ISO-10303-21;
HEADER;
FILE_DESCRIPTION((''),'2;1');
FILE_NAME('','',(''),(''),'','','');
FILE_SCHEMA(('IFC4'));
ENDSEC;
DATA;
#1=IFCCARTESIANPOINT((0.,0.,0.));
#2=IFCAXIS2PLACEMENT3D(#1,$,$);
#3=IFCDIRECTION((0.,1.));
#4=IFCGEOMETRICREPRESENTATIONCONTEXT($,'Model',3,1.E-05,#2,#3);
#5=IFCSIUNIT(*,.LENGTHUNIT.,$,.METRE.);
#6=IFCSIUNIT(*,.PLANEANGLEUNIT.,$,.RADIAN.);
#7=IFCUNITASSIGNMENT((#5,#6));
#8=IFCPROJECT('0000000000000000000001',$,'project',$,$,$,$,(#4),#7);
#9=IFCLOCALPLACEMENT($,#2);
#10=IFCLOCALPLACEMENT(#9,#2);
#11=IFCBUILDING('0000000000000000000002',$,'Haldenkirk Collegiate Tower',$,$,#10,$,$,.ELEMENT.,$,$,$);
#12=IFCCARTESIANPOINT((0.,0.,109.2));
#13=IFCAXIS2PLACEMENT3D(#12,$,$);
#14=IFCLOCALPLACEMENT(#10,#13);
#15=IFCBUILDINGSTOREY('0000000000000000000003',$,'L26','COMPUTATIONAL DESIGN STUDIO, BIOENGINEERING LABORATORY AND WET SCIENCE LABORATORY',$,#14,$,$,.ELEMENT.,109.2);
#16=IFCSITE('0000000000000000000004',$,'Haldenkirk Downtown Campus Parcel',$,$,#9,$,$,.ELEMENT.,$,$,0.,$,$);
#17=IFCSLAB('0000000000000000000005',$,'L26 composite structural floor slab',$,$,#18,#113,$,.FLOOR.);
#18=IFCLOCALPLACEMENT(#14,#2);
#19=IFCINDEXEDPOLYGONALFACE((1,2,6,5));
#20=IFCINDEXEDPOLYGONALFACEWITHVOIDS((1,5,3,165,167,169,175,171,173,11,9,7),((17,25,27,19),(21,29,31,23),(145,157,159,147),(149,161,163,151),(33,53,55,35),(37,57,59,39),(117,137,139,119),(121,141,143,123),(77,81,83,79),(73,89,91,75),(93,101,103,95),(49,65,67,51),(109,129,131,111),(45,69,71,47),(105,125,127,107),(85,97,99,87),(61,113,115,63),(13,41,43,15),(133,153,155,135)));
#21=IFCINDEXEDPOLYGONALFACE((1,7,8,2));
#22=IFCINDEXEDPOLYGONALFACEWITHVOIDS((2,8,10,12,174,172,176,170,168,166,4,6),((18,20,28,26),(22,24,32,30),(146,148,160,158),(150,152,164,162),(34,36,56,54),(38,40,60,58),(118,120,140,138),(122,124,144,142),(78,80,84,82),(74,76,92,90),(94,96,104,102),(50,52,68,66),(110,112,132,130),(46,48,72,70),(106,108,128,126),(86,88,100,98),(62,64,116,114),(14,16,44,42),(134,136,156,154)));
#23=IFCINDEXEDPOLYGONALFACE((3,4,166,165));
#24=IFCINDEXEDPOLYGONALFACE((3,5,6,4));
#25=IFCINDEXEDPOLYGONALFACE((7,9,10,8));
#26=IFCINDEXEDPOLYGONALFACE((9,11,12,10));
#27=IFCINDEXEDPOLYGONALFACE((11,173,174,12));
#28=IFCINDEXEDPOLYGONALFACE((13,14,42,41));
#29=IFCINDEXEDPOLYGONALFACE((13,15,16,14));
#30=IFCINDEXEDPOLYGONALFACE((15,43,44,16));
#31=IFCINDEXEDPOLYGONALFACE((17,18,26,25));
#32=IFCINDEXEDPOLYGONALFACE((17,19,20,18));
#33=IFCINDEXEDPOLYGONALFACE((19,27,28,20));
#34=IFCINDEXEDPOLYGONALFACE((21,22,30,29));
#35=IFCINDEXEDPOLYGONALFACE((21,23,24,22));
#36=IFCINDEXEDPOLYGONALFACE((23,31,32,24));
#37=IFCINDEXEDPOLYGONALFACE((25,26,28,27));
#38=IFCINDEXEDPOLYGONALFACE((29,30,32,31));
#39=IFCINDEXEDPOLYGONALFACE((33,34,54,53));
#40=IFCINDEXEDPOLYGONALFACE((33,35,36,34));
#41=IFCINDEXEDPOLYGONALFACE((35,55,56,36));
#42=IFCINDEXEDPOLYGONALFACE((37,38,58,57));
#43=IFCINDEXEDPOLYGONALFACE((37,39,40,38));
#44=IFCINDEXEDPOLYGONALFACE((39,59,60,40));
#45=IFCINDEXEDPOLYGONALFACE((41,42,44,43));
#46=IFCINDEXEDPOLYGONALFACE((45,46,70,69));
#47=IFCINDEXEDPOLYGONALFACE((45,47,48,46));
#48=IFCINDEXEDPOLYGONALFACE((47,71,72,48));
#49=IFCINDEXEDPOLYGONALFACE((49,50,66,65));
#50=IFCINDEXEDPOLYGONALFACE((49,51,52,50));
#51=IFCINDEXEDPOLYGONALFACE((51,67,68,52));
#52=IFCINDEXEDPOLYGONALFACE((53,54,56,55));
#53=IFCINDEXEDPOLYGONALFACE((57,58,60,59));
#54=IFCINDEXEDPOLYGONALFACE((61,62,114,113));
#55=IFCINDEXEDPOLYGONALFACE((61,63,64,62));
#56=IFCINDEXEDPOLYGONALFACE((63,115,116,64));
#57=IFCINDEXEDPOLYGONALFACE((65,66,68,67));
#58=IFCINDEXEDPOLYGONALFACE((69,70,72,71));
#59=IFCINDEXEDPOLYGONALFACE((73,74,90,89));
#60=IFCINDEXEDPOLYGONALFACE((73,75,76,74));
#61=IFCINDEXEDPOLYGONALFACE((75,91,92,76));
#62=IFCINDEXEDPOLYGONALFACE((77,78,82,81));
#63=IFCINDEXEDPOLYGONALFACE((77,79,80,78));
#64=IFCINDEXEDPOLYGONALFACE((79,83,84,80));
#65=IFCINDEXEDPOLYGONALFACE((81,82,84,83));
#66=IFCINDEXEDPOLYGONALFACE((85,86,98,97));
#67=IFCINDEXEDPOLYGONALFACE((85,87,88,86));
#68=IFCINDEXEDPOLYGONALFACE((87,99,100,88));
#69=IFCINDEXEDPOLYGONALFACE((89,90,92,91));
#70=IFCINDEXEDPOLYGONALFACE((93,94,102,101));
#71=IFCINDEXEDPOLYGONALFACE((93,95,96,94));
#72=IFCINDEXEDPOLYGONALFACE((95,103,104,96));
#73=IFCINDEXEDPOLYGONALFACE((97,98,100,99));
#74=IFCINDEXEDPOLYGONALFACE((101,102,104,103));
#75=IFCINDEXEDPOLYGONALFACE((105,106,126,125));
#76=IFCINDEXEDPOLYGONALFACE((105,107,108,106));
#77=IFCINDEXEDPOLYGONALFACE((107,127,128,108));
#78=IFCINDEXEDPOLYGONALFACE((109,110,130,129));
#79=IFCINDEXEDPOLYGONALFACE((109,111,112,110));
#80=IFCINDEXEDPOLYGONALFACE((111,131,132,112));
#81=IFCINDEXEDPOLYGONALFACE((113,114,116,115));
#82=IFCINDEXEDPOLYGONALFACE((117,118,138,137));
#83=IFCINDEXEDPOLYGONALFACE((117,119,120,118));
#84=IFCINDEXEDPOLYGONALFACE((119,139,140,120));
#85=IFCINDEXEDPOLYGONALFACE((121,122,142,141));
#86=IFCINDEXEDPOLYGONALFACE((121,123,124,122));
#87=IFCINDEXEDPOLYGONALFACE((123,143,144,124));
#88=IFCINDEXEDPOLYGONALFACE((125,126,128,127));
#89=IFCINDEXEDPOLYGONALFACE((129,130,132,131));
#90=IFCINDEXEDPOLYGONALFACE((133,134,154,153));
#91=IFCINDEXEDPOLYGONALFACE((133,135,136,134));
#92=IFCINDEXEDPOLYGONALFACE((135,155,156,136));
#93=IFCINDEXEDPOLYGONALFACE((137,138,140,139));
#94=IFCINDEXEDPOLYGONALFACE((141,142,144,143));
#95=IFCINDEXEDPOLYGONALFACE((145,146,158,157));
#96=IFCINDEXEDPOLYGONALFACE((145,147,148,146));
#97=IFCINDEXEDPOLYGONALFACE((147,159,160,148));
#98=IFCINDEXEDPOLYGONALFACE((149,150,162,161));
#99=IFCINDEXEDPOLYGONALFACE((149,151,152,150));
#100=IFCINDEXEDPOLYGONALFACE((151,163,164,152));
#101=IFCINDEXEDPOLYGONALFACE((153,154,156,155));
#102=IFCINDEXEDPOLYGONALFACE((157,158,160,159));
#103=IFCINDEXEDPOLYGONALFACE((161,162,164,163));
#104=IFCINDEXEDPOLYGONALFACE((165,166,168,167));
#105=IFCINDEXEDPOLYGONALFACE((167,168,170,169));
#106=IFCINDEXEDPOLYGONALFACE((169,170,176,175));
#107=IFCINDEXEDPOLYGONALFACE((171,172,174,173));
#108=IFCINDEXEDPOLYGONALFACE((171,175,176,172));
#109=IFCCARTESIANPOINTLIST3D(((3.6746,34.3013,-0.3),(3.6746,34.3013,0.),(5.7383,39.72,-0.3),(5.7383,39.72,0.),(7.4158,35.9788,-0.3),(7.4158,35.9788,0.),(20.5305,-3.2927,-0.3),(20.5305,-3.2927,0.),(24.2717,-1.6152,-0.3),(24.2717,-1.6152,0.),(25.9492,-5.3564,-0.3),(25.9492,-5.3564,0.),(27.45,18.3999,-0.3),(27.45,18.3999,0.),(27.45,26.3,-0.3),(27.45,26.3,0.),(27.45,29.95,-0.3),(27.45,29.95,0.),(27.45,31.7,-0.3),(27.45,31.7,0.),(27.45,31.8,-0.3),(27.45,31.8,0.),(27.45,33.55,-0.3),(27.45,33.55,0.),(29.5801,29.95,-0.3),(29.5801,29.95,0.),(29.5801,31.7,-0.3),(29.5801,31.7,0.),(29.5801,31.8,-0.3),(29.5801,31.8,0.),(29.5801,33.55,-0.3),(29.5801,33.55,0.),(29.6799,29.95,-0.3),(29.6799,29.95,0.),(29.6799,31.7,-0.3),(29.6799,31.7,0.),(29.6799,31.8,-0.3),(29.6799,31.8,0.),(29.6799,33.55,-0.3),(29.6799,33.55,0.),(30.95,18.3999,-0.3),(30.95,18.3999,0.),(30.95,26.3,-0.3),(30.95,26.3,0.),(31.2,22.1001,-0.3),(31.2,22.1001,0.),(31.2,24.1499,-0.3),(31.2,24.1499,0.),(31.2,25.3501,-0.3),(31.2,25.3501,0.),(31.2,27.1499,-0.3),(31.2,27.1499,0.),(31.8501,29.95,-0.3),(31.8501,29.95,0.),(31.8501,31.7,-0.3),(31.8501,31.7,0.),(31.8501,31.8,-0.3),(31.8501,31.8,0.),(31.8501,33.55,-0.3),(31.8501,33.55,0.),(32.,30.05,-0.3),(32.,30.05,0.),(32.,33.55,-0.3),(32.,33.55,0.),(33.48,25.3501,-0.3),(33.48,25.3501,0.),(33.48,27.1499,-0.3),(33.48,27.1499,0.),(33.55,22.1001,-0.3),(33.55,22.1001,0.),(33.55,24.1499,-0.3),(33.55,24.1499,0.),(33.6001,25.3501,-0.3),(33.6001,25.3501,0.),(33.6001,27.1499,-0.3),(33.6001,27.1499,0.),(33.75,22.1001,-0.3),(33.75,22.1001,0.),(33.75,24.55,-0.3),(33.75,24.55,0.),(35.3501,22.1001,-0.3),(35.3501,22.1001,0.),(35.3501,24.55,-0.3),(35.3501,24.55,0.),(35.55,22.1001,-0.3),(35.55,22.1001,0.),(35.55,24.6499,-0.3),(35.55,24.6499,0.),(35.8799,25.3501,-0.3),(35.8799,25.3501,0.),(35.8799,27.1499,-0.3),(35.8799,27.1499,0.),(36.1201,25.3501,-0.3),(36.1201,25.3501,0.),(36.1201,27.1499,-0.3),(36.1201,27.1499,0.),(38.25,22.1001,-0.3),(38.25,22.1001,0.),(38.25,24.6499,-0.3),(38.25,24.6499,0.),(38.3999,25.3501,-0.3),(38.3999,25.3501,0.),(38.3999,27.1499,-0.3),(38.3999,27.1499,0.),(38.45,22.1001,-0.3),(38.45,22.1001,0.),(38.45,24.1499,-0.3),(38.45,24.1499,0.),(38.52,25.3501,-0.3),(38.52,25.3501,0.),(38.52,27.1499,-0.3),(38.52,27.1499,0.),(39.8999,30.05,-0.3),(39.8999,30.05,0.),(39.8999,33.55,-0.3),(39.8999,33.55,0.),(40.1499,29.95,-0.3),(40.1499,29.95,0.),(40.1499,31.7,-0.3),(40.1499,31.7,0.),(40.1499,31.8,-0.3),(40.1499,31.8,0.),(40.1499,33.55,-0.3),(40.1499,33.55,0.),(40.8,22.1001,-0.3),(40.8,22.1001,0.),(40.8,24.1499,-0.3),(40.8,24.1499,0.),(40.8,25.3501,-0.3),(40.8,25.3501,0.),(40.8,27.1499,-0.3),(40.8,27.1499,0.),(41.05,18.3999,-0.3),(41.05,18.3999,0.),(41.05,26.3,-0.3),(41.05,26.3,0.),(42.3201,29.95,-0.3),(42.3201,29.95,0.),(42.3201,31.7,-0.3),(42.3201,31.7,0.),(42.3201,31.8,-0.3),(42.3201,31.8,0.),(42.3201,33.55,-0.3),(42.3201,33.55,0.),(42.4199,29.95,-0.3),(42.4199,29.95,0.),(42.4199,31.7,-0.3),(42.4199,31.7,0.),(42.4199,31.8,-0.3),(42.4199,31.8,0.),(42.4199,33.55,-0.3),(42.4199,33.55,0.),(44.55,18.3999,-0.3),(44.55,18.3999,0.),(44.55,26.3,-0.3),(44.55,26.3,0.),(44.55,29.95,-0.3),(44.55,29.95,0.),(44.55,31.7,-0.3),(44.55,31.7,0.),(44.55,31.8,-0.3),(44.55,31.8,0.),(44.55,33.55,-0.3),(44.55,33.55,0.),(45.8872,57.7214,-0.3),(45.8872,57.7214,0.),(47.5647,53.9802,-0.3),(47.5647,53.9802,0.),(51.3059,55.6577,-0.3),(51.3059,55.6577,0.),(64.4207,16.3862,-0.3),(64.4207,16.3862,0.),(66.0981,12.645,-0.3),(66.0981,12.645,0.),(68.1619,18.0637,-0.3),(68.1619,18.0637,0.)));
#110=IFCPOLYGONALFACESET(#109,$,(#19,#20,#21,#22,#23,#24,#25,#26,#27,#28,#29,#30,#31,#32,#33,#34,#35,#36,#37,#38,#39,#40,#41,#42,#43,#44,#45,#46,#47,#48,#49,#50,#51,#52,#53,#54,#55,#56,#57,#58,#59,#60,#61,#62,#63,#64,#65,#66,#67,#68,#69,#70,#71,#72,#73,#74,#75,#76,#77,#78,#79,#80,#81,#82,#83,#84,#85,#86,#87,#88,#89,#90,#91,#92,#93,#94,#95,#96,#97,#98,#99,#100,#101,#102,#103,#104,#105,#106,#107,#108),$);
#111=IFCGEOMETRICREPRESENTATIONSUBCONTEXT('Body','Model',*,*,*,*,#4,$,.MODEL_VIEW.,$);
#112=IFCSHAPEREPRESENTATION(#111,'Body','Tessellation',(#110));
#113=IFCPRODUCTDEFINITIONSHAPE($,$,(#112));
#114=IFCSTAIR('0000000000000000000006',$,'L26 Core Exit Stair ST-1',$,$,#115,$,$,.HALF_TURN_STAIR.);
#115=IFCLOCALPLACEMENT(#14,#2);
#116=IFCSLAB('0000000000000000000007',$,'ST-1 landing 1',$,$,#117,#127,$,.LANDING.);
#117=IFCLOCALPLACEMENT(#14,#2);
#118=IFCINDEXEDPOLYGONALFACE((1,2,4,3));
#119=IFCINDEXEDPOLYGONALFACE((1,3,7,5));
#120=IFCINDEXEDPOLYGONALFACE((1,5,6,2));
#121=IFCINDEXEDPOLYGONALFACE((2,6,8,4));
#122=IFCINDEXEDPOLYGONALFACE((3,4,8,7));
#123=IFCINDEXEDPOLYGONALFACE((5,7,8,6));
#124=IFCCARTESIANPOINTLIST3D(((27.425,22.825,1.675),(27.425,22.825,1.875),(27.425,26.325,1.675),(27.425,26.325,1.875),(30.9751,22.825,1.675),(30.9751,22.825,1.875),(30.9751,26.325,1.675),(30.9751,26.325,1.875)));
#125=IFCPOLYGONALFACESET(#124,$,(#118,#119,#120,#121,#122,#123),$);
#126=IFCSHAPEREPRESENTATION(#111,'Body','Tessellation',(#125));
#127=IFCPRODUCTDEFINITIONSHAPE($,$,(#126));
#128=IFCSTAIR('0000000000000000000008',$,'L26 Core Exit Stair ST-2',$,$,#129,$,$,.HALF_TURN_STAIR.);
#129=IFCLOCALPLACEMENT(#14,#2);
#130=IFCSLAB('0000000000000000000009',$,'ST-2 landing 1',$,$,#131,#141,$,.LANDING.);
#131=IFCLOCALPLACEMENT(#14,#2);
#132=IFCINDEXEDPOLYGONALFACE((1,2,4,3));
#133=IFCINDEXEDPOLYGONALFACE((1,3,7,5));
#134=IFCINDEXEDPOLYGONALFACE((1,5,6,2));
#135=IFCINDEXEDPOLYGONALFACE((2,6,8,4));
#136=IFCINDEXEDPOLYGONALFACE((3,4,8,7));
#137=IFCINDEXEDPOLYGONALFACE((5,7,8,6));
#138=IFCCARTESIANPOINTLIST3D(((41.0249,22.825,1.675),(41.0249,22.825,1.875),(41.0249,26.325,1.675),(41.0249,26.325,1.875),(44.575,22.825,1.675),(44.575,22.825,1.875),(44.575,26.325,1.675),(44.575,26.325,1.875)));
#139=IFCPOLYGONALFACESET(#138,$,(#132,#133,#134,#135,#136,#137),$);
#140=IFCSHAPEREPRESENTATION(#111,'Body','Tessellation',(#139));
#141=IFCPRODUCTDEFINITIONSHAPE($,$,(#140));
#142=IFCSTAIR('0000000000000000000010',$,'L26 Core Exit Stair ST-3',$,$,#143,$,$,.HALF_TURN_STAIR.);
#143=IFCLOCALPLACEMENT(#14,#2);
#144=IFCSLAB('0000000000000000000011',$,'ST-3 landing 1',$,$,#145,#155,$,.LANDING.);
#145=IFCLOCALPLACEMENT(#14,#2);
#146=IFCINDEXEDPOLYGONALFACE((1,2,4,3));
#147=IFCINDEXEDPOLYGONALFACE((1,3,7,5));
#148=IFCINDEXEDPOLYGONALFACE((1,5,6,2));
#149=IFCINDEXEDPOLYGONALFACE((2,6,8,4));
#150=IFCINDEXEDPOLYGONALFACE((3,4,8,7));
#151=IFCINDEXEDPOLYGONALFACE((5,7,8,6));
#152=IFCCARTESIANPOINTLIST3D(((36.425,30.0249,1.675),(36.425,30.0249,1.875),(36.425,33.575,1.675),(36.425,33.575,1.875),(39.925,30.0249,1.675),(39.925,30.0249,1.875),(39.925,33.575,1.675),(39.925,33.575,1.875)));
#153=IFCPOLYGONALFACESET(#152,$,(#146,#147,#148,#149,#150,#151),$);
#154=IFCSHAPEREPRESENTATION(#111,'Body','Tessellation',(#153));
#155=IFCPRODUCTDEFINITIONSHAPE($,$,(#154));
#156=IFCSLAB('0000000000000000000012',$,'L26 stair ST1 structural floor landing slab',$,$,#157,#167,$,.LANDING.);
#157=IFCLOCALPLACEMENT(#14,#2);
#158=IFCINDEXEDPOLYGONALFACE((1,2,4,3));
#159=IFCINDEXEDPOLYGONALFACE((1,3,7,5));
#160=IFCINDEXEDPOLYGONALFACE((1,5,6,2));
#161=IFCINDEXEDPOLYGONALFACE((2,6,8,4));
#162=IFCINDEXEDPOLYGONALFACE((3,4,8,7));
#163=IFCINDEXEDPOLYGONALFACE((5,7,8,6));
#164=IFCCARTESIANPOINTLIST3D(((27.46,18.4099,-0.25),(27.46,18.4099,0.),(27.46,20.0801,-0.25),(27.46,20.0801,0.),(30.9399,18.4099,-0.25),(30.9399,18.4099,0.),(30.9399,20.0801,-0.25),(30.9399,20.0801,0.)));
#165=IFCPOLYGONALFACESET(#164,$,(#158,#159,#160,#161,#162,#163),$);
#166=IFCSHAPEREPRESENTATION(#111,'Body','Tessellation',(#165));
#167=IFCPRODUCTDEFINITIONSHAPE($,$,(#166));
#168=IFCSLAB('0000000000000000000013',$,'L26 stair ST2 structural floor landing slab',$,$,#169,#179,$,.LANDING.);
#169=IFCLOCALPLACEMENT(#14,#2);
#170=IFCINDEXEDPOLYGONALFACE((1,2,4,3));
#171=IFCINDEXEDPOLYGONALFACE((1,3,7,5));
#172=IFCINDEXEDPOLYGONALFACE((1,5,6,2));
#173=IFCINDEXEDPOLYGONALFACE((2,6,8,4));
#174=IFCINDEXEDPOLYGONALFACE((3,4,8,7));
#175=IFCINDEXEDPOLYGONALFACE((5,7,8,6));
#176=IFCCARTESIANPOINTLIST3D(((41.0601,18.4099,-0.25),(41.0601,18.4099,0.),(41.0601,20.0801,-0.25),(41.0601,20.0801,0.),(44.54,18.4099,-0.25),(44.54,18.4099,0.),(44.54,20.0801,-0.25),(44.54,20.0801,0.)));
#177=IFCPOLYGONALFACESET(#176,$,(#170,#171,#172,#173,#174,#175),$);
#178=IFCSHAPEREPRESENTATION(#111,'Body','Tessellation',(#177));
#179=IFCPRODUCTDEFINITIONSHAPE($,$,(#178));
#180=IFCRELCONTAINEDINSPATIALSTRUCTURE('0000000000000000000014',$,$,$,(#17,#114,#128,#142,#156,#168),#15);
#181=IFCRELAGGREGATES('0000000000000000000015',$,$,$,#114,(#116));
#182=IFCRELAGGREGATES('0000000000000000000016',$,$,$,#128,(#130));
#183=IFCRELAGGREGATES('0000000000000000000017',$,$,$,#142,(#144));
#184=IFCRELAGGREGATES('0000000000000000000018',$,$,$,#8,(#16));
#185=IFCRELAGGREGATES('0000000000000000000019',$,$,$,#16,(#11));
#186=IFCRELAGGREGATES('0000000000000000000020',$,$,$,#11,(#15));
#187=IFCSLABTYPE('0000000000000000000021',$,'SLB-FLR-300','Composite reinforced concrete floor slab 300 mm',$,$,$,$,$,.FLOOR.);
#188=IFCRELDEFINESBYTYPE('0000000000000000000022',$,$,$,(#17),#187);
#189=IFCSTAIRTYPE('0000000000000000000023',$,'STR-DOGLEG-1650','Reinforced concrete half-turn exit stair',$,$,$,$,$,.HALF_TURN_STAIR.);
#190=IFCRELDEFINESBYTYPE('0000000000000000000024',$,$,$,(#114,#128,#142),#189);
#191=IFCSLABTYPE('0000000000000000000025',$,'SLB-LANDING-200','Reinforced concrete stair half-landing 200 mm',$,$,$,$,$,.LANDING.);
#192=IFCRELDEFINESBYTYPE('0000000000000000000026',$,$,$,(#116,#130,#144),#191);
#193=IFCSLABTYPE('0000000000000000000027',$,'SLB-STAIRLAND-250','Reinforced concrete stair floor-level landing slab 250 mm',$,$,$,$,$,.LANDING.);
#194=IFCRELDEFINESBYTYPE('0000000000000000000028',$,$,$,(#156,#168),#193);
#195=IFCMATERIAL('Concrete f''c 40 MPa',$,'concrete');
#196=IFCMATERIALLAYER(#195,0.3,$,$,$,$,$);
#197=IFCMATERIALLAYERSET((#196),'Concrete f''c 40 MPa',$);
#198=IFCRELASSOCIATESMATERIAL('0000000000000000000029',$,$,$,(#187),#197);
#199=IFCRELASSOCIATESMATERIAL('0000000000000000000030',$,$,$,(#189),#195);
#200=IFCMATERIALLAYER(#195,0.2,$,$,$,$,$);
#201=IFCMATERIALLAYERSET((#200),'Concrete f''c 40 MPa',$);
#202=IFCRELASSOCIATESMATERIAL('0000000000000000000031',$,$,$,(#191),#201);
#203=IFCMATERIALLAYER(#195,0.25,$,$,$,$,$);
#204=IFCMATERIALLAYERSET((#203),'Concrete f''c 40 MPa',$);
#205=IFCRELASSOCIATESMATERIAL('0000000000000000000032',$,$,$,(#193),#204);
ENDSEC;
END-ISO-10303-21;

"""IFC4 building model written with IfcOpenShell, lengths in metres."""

from ifc_helpers import new_model, si_unit, direction, frame, origin, place, context, subcontext, project, spatial, polyline, outline, extrude, material, layer, layer_set, type_object, element, aggregate, save


model = new_model("IFC4")

# Units and contexts
model_context = context("Model", 3, precision=1e-05, world=origin(), true_north=direction((0.0, 1.0)))
body_context = subcontext(model_context, "Body", "Model", "MODEL_VIEW")
ifc_project = project(units=[si_unit("LENGTHUNIT", "METRE"), si_unit("PLANEANGLEUNIT", "RADIAN")], contexts=[model_context])

# Site, building, storey
site_placement = place(None, origin())
site = spatial("IfcSite", under=ifc_project, at=site_placement, Name="Haldenkirk Downtown Campus Parcel", CompositionType="ELEMENT", RefElevation=0.0)
building_placement = place(site_placement, origin())
building = spatial("IfcBuilding", under=site, at=building_placement, Name="Haldenkirk Collegiate Tower", CompositionType="ELEMENT")
storey_placement = place(building_placement, frame((0.0, 0.0, 109.2)))
storey = spatial("IfcBuildingStorey", under=building, at=storey_placement, Name="L26", Description="COMPUTATIONAL DESIGN STUDIO, BIOENGINEERING LABORATORY AND WET SCIENCE LABORATORY", CompositionType="ELEMENT", Elevation=109.2)

# Slab
ifc_material_1 = material(Name="Concrete f'c 40 MPa", Category="concrete")
ifc_layer_1 = layer(ifc_material_1, 0.3)
ifc_layer_set_1 = layer_set([ifc_layer_1], Name="Concrete f'c 40 MPa")
slab_type_1 = type_object("IfcSlabType", Name="SLB-FLR-300", Description="Composite reinforced concrete floor slab 300 mm", PredefinedType="FLOOR", material=ifc_layer_set_1)
slab_1_placement = place(storey_placement, frame((0.0, 0.0, -0.3)))
element("IfcSlab", 1, at=slab_1_placement, inside=storey, type_object=slab_type_1, Name="L26 composite structural floor slab", PredefinedType="FLOOR", context=body_context, shape_type="SweptSolid", body=[
    extrude(outline(polyline([(25.9492, -5.3564), (66.0981, 12.645), (64.4207, 16.3862), (68.1619, 18.0637), (51.3059, 55.6577), (47.5647, 53.9802), (45.8872, 57.7214), (5.7383, 39.72), (7.4158, 35.9788), (3.6746, 34.3013), (20.5305, -3.2927), (24.2717, -1.6152), (25.9492, -5.3564)]), holes=[polyline([(27.45, 18.3999), (30.95, 18.3999), (30.95, 26.3), (27.45, 26.3), (27.45, 18.3999)]), polyline([(41.05, 18.3999), (44.55, 18.3999), (44.55, 26.3), (41.05, 26.3), (41.05, 18.3999)]), polyline([(32.0, 30.05), (39.8999, 30.05), (39.8999, 33.55), (32.0, 33.55), (32.0, 30.05)]), polyline([(33.75, 22.1001), (35.3501, 22.1001), (35.3501, 24.55), (33.75, 24.55), (33.75, 22.1001)]), polyline([(27.45, 29.95), (29.5801, 29.95), (29.5801, 31.7), (27.45, 31.7), (27.45, 29.95)]), polyline([(29.6799, 29.95), (31.8501, 29.95), (31.8501, 31.7), (29.6799, 31.7), (29.6799, 29.95)]), polyline([(27.45, 31.8), (29.5801, 31.8), (29.5801, 33.55), (27.45, 33.55), (27.45, 31.8)]), polyline([(29.6799, 31.8), (31.8501, 31.8), (31.8501, 33.55), (29.6799, 33.55), (29.6799, 31.8)]), polyline([(40.1499, 29.95), (42.3201, 29.95), (42.3201, 31.7), (40.1499, 31.7), (40.1499, 29.95)]), polyline([(42.4199, 29.95), (44.55, 29.95), (44.55, 31.7), (42.4199, 31.7), (42.4199, 29.95)]), polyline([(40.1499, 31.8), (42.3201, 31.8), (42.3201, 33.55), (40.1499, 33.55), (40.1499, 31.8)]), polyline([(42.4199, 31.8), (44.55, 31.8), (44.55, 33.55), (42.4199, 33.55), (42.4199, 31.8)]), polyline([(31.2, 25.3501), (33.48, 25.3501), (33.48, 27.1499), (31.2, 27.1499), (31.2, 25.3501)]), polyline([(33.6001, 25.3501), (35.8799, 25.3501), (35.8799, 27.1499), (33.6001, 27.1499), (33.6001, 25.3501)]), polyline([(36.1201, 25.3501), (38.3999, 25.3501), (38.3999, 27.1499), (36.1201, 27.1499), (36.1201, 25.3501)]), polyline([(38.52, 25.3501), (40.8, 25.3501), (40.8, 27.1499), (38.52, 27.1499), (38.52, 25.3501)]), polyline([(31.2, 22.1001), (33.55, 22.1001), (33.55, 24.1499), (31.2, 24.1499), (31.2, 22.1001)]), polyline([(38.45, 22.1001), (40.8, 22.1001), (40.8, 24.1499), (38.45, 24.1499), (38.45, 22.1001)]), polyline([(35.55, 22.1001), (38.25, 22.1001), (38.25, 24.6499), (35.55, 24.6499), (35.55, 22.1001)])]), origin(), (0.0, 0.0, 1.0), 0.3),
])

# Stairs, slabs
stair_type = type_object("IfcStairType", Name="STR-DOGLEG-1650", Description="Reinforced concrete half-turn exit stair", PredefinedType="HALF_TURN_STAIR", material=ifc_material_1)
stair_1_placement = place(storey_placement, origin())
stair_1 = element("IfcStair", 2, at=stair_1_placement, inside=storey, type_object=stair_type, Name="L26 Core Exit Stair ST-1", PredefinedType="HALF_TURN_STAIR")
ifc_layer_2 = layer(ifc_material_1, 0.2)
ifc_layer_set_2 = layer_set([ifc_layer_2], Name="Concrete f'c 40 MPa")
slab_type_2 = type_object("IfcSlabType", Name="SLB-LANDING-200", Description="Reinforced concrete stair half-landing 200 mm", PredefinedType="LANDING", material=ifc_layer_set_2)
slab_2_placement = place(storey_placement, frame((0.0, 0.0, 1.675)))
slab_2 = element("IfcSlab", 3, at=slab_2_placement, type_object=slab_type_2, Name="ST-1 landing 1", PredefinedType="LANDING", context=body_context, shape_type="SweptSolid", body=[
    extrude(outline(polyline([(30.9751, 22.825), (27.425, 22.825), (27.425, 26.325), (30.9751, 26.325), (30.9751, 22.825)])), origin(), (0.0, 0.0, 1.0), 0.2),
])
aggregate(stair_1, [slab_2])
stair_2_placement = place(storey_placement, origin())
stair_2 = element("IfcStair", 4, at=stair_2_placement, inside=storey, type_object=stair_type, Name="L26 Core Exit Stair ST-2", PredefinedType="HALF_TURN_STAIR")
slab_3_placement = place(storey_placement, frame((0.0, 0.0, 1.675)))
slab_3 = element("IfcSlab", 5, at=slab_3_placement, type_object=slab_type_2, Name="ST-2 landing 1", PredefinedType="LANDING", context=body_context, shape_type="SweptSolid", body=[
    extrude(outline(polyline([(44.575, 22.825), (41.0249, 22.825), (41.0249, 26.325), (44.575, 26.325), (44.575, 22.825)])), origin(), (0.0, 0.0, 1.0), 0.2),
])
aggregate(stair_2, [slab_3])
stair_3_placement = place(storey_placement, origin())
stair_3 = element("IfcStair", 6, at=stair_3_placement, inside=storey, type_object=stair_type, Name="L26 Core Exit Stair ST-3", PredefinedType="HALF_TURN_STAIR")
slab_4_placement = place(storey_placement, frame((0.0, 0.0, 1.675)))
slab_4 = element("IfcSlab", 7, at=slab_4_placement, type_object=slab_type_2, Name="ST-3 landing 1", PredefinedType="LANDING", context=body_context, shape_type="SweptSolid", body=[
    extrude(outline(polyline([(36.425, 30.0249), (36.425, 33.575), (39.925, 33.575), (39.925, 30.0249), (36.425, 30.0249)])), origin(), (0.0, 0.0, 1.0), 0.2),
])
aggregate(stair_3, [slab_4])

# Slabs
ifc_layer_3 = layer(ifc_material_1, 0.25)
ifc_layer_set_3 = layer_set([ifc_layer_3], Name="Concrete f'c 40 MPa")
slab_type_3 = type_object("IfcSlabType", Name="SLB-STAIRLAND-250", Description="Reinforced concrete stair floor-level landing slab 250 mm", PredefinedType="LANDING", material=ifc_layer_set_3)
slab_5_placement = place(storey_placement, frame((0.0, 0.0, -0.25)))
element("IfcSlab", 8, at=slab_5_placement, inside=storey, type_object=slab_type_3, Name="L26 stair ST1 structural floor landing slab", PredefinedType="LANDING", context=body_context, shape_type="SweptSolid", body=[
    extrude(outline(polyline([(27.46, 18.4099), (30.9399, 18.4099), (30.9399, 20.0801), (27.46, 20.0801), (27.46, 18.4099)])), origin(), (0.0, 0.0, 1.0), 0.25),
])
slab_6_placement = place(storey_placement, frame((0.0, 0.0, -0.25)))
element("IfcSlab", 9, at=slab_6_placement, inside=storey, type_object=slab_type_3, Name="L26 stair ST2 structural floor landing slab", PredefinedType="LANDING", context=body_context, shape_type="SweptSolid", body=[
    extrude(outline(polyline([(41.0601, 18.4099), (44.54, 18.4099), (44.54, 20.0801), (41.0601, 20.0801), (41.0601, 18.4099)])), origin(), (0.0, 0.0, 1.0), 0.25),
])

save(model, "model.ifc")
